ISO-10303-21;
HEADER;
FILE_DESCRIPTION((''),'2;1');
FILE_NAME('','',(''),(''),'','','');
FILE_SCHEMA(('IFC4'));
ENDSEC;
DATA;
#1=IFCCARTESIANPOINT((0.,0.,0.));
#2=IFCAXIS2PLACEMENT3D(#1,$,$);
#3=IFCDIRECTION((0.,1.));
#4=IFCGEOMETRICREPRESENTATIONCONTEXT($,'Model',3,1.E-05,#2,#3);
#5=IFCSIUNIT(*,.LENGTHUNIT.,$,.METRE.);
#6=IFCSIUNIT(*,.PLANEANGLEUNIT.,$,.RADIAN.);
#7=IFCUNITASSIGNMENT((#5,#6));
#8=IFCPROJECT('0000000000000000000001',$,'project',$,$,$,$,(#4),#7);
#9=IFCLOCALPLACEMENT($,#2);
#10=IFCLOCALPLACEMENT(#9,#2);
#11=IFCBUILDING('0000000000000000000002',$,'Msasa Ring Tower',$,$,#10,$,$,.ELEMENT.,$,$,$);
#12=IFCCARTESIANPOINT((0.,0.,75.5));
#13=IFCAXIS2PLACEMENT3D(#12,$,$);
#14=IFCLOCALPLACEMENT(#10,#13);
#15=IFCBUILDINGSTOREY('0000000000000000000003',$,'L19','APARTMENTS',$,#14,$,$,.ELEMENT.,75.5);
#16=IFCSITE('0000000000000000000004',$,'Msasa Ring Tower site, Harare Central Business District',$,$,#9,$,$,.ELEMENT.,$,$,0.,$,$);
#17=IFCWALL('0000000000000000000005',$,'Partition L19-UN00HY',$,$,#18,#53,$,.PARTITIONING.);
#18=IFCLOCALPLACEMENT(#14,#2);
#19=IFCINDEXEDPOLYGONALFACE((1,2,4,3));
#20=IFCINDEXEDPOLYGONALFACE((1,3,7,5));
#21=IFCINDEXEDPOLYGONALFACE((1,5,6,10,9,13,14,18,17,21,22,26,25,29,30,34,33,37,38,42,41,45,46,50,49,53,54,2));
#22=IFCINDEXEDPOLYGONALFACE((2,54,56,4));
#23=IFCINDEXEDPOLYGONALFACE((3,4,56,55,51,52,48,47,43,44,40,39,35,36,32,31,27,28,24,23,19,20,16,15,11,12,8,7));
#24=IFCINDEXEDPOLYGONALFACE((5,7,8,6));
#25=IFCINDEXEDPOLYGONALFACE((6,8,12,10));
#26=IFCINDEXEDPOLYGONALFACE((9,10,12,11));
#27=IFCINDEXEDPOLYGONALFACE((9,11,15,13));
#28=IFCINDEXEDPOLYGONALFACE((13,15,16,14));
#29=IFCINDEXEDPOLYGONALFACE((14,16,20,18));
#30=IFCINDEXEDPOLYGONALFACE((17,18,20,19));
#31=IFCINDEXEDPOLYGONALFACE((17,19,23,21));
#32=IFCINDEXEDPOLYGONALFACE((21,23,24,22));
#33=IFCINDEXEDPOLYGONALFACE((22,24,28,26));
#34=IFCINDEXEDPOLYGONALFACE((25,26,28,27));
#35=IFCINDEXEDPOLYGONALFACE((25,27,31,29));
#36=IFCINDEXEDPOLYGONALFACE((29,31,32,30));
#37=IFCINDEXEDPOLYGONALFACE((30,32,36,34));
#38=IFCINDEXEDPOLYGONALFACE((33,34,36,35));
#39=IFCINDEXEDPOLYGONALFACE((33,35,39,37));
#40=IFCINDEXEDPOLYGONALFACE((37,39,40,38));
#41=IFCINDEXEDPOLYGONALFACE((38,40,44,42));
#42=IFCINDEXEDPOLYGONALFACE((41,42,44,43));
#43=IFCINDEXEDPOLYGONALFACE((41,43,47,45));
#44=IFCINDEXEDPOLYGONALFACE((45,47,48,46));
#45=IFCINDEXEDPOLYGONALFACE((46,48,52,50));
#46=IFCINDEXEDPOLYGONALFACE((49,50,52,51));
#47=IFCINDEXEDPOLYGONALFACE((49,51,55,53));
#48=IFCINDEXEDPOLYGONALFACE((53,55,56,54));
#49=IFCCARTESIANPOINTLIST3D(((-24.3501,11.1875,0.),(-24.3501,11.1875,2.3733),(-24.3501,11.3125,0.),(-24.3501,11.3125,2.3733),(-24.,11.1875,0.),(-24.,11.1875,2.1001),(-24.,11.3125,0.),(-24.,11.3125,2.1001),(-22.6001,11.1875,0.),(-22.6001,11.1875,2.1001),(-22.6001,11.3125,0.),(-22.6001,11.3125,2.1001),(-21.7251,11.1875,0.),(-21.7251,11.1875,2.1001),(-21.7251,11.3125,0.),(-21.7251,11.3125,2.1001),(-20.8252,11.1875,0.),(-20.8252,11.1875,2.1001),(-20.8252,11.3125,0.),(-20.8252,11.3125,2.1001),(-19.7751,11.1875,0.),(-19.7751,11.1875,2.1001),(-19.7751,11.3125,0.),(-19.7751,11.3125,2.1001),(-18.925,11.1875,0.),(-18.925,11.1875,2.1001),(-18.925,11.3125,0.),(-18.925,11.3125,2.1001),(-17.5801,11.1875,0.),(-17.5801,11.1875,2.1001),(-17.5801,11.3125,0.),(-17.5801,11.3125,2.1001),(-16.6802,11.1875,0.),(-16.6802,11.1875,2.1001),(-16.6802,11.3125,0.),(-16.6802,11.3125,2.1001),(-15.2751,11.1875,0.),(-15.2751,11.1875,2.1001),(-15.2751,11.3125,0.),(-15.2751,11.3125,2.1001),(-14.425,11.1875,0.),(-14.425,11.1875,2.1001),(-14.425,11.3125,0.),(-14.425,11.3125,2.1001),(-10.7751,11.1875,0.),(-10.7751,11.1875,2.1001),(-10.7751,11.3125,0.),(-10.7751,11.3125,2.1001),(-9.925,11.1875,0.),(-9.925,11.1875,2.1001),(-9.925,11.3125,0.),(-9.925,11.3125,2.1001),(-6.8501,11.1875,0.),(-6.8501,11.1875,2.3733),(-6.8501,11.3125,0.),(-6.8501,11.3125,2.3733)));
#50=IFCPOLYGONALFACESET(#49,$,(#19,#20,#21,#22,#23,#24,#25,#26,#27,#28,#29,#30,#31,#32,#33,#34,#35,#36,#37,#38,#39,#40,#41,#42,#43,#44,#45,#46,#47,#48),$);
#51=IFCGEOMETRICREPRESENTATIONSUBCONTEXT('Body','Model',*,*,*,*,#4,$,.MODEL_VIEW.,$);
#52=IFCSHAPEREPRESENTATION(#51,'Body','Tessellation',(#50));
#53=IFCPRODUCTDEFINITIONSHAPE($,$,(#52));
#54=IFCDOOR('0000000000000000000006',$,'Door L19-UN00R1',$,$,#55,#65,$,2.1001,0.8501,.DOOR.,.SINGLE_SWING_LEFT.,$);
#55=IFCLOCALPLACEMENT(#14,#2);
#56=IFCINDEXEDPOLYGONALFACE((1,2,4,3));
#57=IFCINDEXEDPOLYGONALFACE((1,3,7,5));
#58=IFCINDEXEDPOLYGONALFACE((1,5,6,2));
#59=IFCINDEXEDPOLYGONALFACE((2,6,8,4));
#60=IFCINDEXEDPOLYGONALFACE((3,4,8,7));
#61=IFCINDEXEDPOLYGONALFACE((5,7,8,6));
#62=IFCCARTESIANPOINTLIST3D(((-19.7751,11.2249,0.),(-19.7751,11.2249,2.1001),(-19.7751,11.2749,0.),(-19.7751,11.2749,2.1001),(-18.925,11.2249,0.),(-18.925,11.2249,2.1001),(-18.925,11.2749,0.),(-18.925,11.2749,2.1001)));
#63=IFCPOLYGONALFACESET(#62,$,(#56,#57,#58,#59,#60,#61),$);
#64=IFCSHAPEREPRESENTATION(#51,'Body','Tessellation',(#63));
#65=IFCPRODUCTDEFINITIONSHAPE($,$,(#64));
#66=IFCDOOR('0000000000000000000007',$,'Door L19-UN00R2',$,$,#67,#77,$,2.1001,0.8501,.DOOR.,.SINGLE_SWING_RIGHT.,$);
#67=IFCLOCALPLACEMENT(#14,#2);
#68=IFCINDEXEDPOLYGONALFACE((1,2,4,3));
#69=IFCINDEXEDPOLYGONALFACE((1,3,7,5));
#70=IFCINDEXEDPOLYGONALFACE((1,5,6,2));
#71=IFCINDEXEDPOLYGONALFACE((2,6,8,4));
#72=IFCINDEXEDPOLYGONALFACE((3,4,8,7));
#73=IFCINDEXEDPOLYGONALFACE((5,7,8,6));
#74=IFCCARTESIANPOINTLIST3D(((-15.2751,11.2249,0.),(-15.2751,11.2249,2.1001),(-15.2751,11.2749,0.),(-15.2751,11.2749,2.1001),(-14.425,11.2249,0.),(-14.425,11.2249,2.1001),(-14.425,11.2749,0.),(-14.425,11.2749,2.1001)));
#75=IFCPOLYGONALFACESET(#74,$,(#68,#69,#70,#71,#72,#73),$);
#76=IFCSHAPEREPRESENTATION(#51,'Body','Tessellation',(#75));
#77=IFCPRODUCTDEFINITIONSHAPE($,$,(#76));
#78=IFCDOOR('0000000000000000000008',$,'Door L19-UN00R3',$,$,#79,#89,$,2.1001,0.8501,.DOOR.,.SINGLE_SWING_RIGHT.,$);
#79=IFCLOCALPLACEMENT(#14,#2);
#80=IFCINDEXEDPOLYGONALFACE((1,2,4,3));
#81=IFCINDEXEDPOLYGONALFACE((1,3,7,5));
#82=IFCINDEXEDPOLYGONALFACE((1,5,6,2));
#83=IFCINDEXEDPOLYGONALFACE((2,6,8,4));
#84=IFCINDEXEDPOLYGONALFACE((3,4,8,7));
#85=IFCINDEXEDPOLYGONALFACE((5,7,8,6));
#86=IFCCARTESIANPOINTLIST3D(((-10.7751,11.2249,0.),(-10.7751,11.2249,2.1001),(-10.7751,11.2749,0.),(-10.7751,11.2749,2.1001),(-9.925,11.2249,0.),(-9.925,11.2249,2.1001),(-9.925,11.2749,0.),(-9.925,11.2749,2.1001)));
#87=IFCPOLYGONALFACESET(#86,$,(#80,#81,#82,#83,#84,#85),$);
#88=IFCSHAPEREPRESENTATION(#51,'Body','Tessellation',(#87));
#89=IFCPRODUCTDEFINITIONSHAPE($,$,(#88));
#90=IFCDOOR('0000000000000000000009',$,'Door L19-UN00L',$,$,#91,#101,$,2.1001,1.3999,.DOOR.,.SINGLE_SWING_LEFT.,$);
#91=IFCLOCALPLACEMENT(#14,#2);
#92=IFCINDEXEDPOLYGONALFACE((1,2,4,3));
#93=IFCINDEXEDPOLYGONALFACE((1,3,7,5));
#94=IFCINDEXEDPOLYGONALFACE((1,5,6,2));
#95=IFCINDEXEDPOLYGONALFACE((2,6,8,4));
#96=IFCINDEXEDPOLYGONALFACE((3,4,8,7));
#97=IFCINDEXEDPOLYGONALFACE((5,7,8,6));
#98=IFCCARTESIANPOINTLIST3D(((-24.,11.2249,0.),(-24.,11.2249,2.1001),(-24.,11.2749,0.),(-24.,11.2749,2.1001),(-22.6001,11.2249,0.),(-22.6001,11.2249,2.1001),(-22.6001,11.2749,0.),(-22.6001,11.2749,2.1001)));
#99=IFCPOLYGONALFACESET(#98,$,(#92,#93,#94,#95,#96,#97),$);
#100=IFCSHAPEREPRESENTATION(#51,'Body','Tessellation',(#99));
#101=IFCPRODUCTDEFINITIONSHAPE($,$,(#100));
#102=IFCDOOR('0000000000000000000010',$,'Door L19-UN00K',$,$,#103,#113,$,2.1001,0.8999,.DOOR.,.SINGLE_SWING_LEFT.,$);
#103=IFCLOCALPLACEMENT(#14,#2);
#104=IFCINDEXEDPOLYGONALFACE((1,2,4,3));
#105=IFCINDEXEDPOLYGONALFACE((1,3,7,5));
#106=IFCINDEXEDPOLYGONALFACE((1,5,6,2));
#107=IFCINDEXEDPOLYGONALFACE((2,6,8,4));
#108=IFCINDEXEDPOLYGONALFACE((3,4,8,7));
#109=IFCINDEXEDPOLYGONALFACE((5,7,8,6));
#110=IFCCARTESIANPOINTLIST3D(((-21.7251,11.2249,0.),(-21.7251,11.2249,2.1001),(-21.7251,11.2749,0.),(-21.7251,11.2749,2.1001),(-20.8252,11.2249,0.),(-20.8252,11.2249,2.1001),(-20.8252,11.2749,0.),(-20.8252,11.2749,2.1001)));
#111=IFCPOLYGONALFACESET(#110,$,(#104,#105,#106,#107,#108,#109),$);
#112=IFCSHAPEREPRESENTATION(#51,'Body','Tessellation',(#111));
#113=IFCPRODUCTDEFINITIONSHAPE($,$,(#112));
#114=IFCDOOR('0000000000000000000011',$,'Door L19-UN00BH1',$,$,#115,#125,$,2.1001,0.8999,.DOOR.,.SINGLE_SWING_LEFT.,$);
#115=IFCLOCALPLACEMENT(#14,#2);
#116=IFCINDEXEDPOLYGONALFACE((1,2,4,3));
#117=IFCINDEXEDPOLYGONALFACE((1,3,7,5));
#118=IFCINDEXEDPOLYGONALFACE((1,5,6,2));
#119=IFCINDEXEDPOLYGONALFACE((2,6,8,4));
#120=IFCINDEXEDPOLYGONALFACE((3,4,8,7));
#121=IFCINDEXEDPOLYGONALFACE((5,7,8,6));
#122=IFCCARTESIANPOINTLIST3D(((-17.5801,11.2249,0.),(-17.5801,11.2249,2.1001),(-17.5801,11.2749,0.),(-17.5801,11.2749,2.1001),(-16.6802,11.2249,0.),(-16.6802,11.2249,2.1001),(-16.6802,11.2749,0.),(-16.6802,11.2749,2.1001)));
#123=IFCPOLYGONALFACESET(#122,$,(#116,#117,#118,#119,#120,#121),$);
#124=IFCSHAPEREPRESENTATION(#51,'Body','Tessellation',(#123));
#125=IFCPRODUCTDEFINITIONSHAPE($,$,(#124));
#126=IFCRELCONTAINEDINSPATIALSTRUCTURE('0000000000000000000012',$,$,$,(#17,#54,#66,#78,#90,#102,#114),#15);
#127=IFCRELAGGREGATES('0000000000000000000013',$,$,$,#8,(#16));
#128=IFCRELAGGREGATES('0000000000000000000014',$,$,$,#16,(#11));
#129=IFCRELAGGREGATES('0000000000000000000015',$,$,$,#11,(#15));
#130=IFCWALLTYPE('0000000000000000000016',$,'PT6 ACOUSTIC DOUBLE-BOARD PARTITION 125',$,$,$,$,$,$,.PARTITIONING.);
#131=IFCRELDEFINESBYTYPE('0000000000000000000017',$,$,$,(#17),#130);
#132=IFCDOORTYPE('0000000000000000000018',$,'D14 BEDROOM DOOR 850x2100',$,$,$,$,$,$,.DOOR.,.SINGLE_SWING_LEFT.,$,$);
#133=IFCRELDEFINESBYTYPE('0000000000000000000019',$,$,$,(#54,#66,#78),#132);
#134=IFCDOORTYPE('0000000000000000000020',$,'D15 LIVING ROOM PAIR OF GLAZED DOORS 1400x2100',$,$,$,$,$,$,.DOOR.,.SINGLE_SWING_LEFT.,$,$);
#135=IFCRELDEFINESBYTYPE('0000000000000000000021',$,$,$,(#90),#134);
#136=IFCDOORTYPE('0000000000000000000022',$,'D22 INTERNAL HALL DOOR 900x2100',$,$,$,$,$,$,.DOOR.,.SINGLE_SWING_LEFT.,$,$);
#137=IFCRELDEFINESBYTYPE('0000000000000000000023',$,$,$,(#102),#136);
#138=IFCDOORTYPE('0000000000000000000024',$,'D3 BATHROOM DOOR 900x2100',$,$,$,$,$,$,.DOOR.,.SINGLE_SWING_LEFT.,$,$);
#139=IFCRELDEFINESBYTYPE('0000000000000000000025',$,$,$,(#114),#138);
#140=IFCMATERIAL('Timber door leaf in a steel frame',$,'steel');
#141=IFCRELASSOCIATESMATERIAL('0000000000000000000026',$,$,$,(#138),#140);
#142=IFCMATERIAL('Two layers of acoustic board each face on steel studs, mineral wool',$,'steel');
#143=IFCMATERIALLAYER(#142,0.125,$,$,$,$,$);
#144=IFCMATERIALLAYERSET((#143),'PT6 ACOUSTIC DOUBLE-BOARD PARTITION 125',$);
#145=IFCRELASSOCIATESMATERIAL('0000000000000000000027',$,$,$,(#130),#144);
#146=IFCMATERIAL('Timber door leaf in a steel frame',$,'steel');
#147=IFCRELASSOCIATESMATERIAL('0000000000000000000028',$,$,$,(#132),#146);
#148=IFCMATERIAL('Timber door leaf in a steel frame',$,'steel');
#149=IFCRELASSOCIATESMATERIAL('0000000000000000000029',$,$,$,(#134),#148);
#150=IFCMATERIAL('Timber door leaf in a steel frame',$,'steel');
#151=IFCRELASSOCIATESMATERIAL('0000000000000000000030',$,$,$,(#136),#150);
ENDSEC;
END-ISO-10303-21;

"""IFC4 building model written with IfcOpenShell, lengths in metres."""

from ifc_helpers import new_model, si_unit, direction, frame, frame_2d, origin, place, context, subcontext, project, spatial, rectangle, extrude, material, layer, layer_set, type_object, element, fill, save


model = new_model("IFC4")

# Units and contexts
model_context = context("Model", 3, precision=1e-05, world=origin(), true_north=direction((0.0, 1.0)))
body_context = subcontext(model_context, "Body", "Model", "MODEL_VIEW")
ifc_project = project(units=[si_unit("LENGTHUNIT", "METRE"), si_unit("PLANEANGLEUNIT", "RADIAN")], contexts=[model_context])

# Site, building, storey
site_placement = place(None, origin())
site = spatial("IfcSite", under=ifc_project, at=site_placement, Name="Msasa Ring Tower site, Harare Central Business District", CompositionType="ELEMENT", RefElevation=0.0)
building_placement = place(site_placement, origin())
building = spatial("IfcBuilding", under=site, at=building_placement, Name="Msasa Ring Tower", CompositionType="ELEMENT")
storey_placement = place(building_placement, frame((0.0, 0.0, 75.5)))
storey = spatial("IfcBuildingStorey", under=building, at=storey_placement, Name="L19", Description="APARTMENTS", CompositionType="ELEMENT", Elevation=75.5)

# Shared definitions
ifc_material_1 = material(Name="Timber door leaf in a steel frame", Category="steel")
door_type_1 = type_object("IfcDoorType", Name="D3 BATHROOM DOOR 900x2100", OperationType="SINGLE_SWING_LEFT", PredefinedType="DOOR", material=ifc_material_1)

# Wall, openings, doors
ifc_material_2 = material(Name="Two layers of acoustic board each face on steel studs, mineral wool", Category="steel")
ifc_layer_1 = layer(ifc_material_2, 0.125)
ifc_layer_set_1 = layer_set([ifc_layer_1], Name="PT6 ACOUSTIC DOUBLE-BOARD PARTITION 125")
wall_type_1 = type_object("IfcWallType", Name="PT6 ACOUSTIC DOUBLE-BOARD PARTITION 125", PredefinedType="PARTITIONING", material=ifc_layer_set_1)
wall_1_placement = place(storey_placement, frame((-24.3501, 11.25, 0.0), z_axis=(0.0, 0.0, 1.0), x_axis=(1.0, 0.0, 0.0)))
wall_1 = element("IfcWall", 1, at=wall_1_placement, inside=storey, type_object=wall_type_1, Name="Partition L19-UN00HY", PredefinedType="PARTITIONING", context=body_context, shape_type="SweptSolid", body=[
    extrude(rectangle(XDim=17.5, YDim=0.125, at=frame_2d((8.75, 0.0))), origin(), (0.0, 0.0, 1.0), 2.3733),
])
opening_1_placement = place(wall_1_placement, frame((2.625, 0.0, 0.0)))
opening_1 = element("IfcOpeningElement", 2, at=opening_1_placement, cuts=wall_1, PredefinedType="OPENING", context=body_context, shape_type="SweptSolid", body=[
    extrude(rectangle(XDim=0.8999, YDim=2.1001, at=frame_2d((0.45, 1.05))), frame((0.0, 0.0725, 0.0), z_axis=(0.0, -1.0, 0.0), x_axis=(1.0, 0.0, 0.0)), (0.0, 0.0, 1.0), 0.145),
])
opening_2_placement = place(wall_1_placement, frame((0.3501, 0.0, 0.0)))
opening_2 = element("IfcOpeningElement", 3, at=opening_2_placement, cuts=wall_1, PredefinedType="OPENING", context=body_context, shape_type="SweptSolid", body=[
    extrude(rectangle(XDim=1.3999, YDim=2.1001, at=frame_2d((0.7, 1.05))), frame((0.0, 0.0725, 0.0), z_axis=(0.0, -1.0, 0.0), x_axis=(1.0, 0.0, 0.0)), (0.0, 0.0, 1.0), 0.145),
])
opening_3_placement = place(wall_1_placement, frame((4.575, 0.0, 0.0)))
opening_3 = element("IfcOpeningElement", 4, at=opening_3_placement, cuts=wall_1, PredefinedType="OPENING", context=body_context, shape_type="SweptSolid", body=[
    extrude(rectangle(XDim=0.8501, YDim=2.1001, at=frame_2d((0.425, 1.05))), frame((0.0, 0.0725, 0.0), z_axis=(0.0, -1.0, 0.0), x_axis=(1.0, 0.0, 0.0)), (0.0, 0.0, 1.0), 0.145),
])
opening_4_placement = place(wall_1_placement, frame((6.77, 0.0, 0.0)))
opening_4 = element("IfcOpeningElement", 5, at=opening_4_placement, cuts=wall_1, PredefinedType="OPENING", context=body_context, shape_type="SweptSolid", body=[
    extrude(rectangle(XDim=0.8999, YDim=2.1001, at=frame_2d((0.45, 1.05))), frame((0.0, 0.0725, 0.0), z_axis=(0.0, -1.0, 0.0), x_axis=(1.0, 0.0, 0.0)), (0.0, 0.0, 1.0), 0.145),
])
opening_5_placement = place(wall_1_placement, frame((9.075, 0.0, 0.0)))
opening_5 = element("IfcOpeningElement", 6, at=opening_5_placement, cuts=wall_1, PredefinedType="OPENING", context=body_context, shape_type="SweptSolid", body=[
    extrude(rectangle(XDim=0.8501, YDim=2.1001, at=frame_2d((0.425, 1.05))), frame((0.0, 0.0725, 0.0), z_axis=(0.0, -1.0, 0.0), x_axis=(1.0, 0.0, 0.0)), (0.0, 0.0, 1.0), 0.145),
])
opening_6_placement = place(wall_1_placement, frame((13.575, 0.0, 0.0)))
opening_6 = element("IfcOpeningElement", 7, at=opening_6_placement, cuts=wall_1, PredefinedType="OPENING", context=body_context, shape_type="SweptSolid", body=[
    extrude(rectangle(XDim=0.8501, YDim=2.1001, at=frame_2d((0.425, 1.05))), frame((0.0, 0.0725, 0.0), z_axis=(0.0, -1.0, 0.0), x_axis=(1.0, 0.0, 0.0)), (0.0, 0.0, 1.0), 0.145),
])
ifc_material_3 = material(Name="Timber door leaf in a steel frame", Category="steel")
door_type_2 = type_object("IfcDoorType", Name="D14 BEDROOM DOOR 850x2100", OperationType="SINGLE_SWING_LEFT", PredefinedType="DOOR", material=ifc_material_3)
door_1_placement = place(opening_3_placement, origin())
door_1 = element("IfcDoor", 8, at=door_1_placement, inside=storey, type_object=door_type_2, Name="Door L19-UN00R1", OperationType="SINGLE_SWING_LEFT", OverallHeight=2.1001, OverallWidth=0.8501, PredefinedType="DOOR", context=body_context, shape_type="SweptSolid", body=[
    extrude(rectangle(XDim=0.8501, YDim=2.1001, at=frame_2d((0.425, 1.05))), frame((0.0, 0.0249, 0.0), z_axis=(0.0, -1.0, 0.0), x_axis=(1.0, 0.0, 0.0)), (0.0, 0.0, 1.0), 0.05),
])
fill(opening_3, door_1)
door_2_placement = place(opening_5_placement, origin())
door_2 = element("IfcDoor", 9, at=door_2_placement, inside=storey, type_object=door_type_2, Name="Door L19-UN00R2", OperationType="SINGLE_SWING_RIGHT", OverallHeight=2.1001, OverallWidth=0.8501, PredefinedType="DOOR", context=body_context, shape_type="SweptSolid", body=[
    extrude(rectangle(XDim=0.8501, YDim=2.1001, at=frame_2d((0.425, 1.05))), frame((0.0, 0.0249, 0.0), z_axis=(0.0, -1.0, 0.0), x_axis=(1.0, 0.0, 0.0)), (0.0, 0.0, 1.0), 0.05),
])
fill(opening_5, door_2)
door_3_placement = place(opening_6_placement, origin())
door_3 = element("IfcDoor", 10, at=door_3_placement, inside=storey, type_object=door_type_2, Name="Door L19-UN00R3", OperationType="SINGLE_SWING_RIGHT", OverallHeight=2.1001, OverallWidth=0.8501, PredefinedType="DOOR", context=body_context, shape_type="SweptSolid", body=[
    extrude(rectangle(XDim=0.8501, YDim=2.1001, at=frame_2d((0.425, 1.05))), frame((0.0, 0.0249, 0.0), z_axis=(0.0, -1.0, 0.0), x_axis=(1.0, 0.0, 0.0)), (0.0, 0.0, 1.0), 0.05),
])
fill(opening_6, door_3)
ifc_material_4 = material(Name="Timber door leaf in a steel frame", Category="steel")
door_type_3 = type_object("IfcDoorType", Name="D15 LIVING ROOM PAIR OF GLAZED DOORS 1400x2100", OperationType="SINGLE_SWING_LEFT", PredefinedType="DOOR", material=ifc_material_4)
door_4_placement = place(opening_2_placement, origin())
door_4 = element("IfcDoor", 11, at=door_4_placement, inside=storey, type_object=door_type_3, Name="Door L19-UN00L", OperationType="SINGLE_SWING_LEFT", OverallHeight=2.1001, OverallWidth=1.3999, PredefinedType="DOOR", context=body_context, shape_type="SweptSolid", body=[
    extrude(rectangle(XDim=1.3999, YDim=2.1001, at=frame_2d((0.7, 1.05))), frame((0.0, 0.0249, 0.0), z_axis=(0.0, -1.0, 0.0), x_axis=(1.0, 0.0, 0.0)), (0.0, 0.0, 1.0), 0.05),
])
fill(opening_2, door_4)
ifc_material_5 = material(Name="Timber door leaf in a steel frame", Category="steel")
door_type_4 = type_object("IfcDoorType", Name="D22 INTERNAL HALL DOOR 900x2100", OperationType="SINGLE_SWING_LEFT", PredefinedType="DOOR", material=ifc_material_5)
door_5_placement = place(opening_1_placement, origin())
door_5 = element("IfcDoor", 12, at=door_5_placement, inside=storey, type_object=door_type_4, Name="Door L19-UN00K", OperationType="SINGLE_SWING_LEFT", OverallHeight=2.1001, OverallWidth=0.8999, PredefinedType="DOOR", context=body_context, shape_type="SweptSolid", body=[
    extrude(rectangle(XDim=0.8999, YDim=2.1001, at=frame_2d((0.45, 1.05))), frame((0.0, 0.0249, 0.0), z_axis=(0.0, -1.0, 0.0), x_axis=(1.0, 0.0, 0.0)), (0.0, 0.0, 1.0), 0.05),
])
fill(opening_1, door_5)
door_6_placement = place(opening_4_placement, origin())
door_6 = element("IfcDoor", 13, at=door_6_placement, inside=storey, type_object=door_type_1, Name="Door L19-UN00BH1", OperationType="SINGLE_SWING_LEFT", OverallHeight=2.1001, OverallWidth=0.8999, PredefinedType="DOOR", context=body_context, shape_type="SweptSolid", body=[
    extrude(rectangle(XDim=0.8999, YDim=2.1001, at=frame_2d((0.45, 1.05))), frame((0.0, 0.0249, 0.0), z_axis=(0.0, -1.0, 0.0), x_axis=(1.0, 0.0, 0.0)), (0.0, 0.0, 1.0), 0.05),
])
fill(opening_4, door_6)

save(model, "model.ifc")
